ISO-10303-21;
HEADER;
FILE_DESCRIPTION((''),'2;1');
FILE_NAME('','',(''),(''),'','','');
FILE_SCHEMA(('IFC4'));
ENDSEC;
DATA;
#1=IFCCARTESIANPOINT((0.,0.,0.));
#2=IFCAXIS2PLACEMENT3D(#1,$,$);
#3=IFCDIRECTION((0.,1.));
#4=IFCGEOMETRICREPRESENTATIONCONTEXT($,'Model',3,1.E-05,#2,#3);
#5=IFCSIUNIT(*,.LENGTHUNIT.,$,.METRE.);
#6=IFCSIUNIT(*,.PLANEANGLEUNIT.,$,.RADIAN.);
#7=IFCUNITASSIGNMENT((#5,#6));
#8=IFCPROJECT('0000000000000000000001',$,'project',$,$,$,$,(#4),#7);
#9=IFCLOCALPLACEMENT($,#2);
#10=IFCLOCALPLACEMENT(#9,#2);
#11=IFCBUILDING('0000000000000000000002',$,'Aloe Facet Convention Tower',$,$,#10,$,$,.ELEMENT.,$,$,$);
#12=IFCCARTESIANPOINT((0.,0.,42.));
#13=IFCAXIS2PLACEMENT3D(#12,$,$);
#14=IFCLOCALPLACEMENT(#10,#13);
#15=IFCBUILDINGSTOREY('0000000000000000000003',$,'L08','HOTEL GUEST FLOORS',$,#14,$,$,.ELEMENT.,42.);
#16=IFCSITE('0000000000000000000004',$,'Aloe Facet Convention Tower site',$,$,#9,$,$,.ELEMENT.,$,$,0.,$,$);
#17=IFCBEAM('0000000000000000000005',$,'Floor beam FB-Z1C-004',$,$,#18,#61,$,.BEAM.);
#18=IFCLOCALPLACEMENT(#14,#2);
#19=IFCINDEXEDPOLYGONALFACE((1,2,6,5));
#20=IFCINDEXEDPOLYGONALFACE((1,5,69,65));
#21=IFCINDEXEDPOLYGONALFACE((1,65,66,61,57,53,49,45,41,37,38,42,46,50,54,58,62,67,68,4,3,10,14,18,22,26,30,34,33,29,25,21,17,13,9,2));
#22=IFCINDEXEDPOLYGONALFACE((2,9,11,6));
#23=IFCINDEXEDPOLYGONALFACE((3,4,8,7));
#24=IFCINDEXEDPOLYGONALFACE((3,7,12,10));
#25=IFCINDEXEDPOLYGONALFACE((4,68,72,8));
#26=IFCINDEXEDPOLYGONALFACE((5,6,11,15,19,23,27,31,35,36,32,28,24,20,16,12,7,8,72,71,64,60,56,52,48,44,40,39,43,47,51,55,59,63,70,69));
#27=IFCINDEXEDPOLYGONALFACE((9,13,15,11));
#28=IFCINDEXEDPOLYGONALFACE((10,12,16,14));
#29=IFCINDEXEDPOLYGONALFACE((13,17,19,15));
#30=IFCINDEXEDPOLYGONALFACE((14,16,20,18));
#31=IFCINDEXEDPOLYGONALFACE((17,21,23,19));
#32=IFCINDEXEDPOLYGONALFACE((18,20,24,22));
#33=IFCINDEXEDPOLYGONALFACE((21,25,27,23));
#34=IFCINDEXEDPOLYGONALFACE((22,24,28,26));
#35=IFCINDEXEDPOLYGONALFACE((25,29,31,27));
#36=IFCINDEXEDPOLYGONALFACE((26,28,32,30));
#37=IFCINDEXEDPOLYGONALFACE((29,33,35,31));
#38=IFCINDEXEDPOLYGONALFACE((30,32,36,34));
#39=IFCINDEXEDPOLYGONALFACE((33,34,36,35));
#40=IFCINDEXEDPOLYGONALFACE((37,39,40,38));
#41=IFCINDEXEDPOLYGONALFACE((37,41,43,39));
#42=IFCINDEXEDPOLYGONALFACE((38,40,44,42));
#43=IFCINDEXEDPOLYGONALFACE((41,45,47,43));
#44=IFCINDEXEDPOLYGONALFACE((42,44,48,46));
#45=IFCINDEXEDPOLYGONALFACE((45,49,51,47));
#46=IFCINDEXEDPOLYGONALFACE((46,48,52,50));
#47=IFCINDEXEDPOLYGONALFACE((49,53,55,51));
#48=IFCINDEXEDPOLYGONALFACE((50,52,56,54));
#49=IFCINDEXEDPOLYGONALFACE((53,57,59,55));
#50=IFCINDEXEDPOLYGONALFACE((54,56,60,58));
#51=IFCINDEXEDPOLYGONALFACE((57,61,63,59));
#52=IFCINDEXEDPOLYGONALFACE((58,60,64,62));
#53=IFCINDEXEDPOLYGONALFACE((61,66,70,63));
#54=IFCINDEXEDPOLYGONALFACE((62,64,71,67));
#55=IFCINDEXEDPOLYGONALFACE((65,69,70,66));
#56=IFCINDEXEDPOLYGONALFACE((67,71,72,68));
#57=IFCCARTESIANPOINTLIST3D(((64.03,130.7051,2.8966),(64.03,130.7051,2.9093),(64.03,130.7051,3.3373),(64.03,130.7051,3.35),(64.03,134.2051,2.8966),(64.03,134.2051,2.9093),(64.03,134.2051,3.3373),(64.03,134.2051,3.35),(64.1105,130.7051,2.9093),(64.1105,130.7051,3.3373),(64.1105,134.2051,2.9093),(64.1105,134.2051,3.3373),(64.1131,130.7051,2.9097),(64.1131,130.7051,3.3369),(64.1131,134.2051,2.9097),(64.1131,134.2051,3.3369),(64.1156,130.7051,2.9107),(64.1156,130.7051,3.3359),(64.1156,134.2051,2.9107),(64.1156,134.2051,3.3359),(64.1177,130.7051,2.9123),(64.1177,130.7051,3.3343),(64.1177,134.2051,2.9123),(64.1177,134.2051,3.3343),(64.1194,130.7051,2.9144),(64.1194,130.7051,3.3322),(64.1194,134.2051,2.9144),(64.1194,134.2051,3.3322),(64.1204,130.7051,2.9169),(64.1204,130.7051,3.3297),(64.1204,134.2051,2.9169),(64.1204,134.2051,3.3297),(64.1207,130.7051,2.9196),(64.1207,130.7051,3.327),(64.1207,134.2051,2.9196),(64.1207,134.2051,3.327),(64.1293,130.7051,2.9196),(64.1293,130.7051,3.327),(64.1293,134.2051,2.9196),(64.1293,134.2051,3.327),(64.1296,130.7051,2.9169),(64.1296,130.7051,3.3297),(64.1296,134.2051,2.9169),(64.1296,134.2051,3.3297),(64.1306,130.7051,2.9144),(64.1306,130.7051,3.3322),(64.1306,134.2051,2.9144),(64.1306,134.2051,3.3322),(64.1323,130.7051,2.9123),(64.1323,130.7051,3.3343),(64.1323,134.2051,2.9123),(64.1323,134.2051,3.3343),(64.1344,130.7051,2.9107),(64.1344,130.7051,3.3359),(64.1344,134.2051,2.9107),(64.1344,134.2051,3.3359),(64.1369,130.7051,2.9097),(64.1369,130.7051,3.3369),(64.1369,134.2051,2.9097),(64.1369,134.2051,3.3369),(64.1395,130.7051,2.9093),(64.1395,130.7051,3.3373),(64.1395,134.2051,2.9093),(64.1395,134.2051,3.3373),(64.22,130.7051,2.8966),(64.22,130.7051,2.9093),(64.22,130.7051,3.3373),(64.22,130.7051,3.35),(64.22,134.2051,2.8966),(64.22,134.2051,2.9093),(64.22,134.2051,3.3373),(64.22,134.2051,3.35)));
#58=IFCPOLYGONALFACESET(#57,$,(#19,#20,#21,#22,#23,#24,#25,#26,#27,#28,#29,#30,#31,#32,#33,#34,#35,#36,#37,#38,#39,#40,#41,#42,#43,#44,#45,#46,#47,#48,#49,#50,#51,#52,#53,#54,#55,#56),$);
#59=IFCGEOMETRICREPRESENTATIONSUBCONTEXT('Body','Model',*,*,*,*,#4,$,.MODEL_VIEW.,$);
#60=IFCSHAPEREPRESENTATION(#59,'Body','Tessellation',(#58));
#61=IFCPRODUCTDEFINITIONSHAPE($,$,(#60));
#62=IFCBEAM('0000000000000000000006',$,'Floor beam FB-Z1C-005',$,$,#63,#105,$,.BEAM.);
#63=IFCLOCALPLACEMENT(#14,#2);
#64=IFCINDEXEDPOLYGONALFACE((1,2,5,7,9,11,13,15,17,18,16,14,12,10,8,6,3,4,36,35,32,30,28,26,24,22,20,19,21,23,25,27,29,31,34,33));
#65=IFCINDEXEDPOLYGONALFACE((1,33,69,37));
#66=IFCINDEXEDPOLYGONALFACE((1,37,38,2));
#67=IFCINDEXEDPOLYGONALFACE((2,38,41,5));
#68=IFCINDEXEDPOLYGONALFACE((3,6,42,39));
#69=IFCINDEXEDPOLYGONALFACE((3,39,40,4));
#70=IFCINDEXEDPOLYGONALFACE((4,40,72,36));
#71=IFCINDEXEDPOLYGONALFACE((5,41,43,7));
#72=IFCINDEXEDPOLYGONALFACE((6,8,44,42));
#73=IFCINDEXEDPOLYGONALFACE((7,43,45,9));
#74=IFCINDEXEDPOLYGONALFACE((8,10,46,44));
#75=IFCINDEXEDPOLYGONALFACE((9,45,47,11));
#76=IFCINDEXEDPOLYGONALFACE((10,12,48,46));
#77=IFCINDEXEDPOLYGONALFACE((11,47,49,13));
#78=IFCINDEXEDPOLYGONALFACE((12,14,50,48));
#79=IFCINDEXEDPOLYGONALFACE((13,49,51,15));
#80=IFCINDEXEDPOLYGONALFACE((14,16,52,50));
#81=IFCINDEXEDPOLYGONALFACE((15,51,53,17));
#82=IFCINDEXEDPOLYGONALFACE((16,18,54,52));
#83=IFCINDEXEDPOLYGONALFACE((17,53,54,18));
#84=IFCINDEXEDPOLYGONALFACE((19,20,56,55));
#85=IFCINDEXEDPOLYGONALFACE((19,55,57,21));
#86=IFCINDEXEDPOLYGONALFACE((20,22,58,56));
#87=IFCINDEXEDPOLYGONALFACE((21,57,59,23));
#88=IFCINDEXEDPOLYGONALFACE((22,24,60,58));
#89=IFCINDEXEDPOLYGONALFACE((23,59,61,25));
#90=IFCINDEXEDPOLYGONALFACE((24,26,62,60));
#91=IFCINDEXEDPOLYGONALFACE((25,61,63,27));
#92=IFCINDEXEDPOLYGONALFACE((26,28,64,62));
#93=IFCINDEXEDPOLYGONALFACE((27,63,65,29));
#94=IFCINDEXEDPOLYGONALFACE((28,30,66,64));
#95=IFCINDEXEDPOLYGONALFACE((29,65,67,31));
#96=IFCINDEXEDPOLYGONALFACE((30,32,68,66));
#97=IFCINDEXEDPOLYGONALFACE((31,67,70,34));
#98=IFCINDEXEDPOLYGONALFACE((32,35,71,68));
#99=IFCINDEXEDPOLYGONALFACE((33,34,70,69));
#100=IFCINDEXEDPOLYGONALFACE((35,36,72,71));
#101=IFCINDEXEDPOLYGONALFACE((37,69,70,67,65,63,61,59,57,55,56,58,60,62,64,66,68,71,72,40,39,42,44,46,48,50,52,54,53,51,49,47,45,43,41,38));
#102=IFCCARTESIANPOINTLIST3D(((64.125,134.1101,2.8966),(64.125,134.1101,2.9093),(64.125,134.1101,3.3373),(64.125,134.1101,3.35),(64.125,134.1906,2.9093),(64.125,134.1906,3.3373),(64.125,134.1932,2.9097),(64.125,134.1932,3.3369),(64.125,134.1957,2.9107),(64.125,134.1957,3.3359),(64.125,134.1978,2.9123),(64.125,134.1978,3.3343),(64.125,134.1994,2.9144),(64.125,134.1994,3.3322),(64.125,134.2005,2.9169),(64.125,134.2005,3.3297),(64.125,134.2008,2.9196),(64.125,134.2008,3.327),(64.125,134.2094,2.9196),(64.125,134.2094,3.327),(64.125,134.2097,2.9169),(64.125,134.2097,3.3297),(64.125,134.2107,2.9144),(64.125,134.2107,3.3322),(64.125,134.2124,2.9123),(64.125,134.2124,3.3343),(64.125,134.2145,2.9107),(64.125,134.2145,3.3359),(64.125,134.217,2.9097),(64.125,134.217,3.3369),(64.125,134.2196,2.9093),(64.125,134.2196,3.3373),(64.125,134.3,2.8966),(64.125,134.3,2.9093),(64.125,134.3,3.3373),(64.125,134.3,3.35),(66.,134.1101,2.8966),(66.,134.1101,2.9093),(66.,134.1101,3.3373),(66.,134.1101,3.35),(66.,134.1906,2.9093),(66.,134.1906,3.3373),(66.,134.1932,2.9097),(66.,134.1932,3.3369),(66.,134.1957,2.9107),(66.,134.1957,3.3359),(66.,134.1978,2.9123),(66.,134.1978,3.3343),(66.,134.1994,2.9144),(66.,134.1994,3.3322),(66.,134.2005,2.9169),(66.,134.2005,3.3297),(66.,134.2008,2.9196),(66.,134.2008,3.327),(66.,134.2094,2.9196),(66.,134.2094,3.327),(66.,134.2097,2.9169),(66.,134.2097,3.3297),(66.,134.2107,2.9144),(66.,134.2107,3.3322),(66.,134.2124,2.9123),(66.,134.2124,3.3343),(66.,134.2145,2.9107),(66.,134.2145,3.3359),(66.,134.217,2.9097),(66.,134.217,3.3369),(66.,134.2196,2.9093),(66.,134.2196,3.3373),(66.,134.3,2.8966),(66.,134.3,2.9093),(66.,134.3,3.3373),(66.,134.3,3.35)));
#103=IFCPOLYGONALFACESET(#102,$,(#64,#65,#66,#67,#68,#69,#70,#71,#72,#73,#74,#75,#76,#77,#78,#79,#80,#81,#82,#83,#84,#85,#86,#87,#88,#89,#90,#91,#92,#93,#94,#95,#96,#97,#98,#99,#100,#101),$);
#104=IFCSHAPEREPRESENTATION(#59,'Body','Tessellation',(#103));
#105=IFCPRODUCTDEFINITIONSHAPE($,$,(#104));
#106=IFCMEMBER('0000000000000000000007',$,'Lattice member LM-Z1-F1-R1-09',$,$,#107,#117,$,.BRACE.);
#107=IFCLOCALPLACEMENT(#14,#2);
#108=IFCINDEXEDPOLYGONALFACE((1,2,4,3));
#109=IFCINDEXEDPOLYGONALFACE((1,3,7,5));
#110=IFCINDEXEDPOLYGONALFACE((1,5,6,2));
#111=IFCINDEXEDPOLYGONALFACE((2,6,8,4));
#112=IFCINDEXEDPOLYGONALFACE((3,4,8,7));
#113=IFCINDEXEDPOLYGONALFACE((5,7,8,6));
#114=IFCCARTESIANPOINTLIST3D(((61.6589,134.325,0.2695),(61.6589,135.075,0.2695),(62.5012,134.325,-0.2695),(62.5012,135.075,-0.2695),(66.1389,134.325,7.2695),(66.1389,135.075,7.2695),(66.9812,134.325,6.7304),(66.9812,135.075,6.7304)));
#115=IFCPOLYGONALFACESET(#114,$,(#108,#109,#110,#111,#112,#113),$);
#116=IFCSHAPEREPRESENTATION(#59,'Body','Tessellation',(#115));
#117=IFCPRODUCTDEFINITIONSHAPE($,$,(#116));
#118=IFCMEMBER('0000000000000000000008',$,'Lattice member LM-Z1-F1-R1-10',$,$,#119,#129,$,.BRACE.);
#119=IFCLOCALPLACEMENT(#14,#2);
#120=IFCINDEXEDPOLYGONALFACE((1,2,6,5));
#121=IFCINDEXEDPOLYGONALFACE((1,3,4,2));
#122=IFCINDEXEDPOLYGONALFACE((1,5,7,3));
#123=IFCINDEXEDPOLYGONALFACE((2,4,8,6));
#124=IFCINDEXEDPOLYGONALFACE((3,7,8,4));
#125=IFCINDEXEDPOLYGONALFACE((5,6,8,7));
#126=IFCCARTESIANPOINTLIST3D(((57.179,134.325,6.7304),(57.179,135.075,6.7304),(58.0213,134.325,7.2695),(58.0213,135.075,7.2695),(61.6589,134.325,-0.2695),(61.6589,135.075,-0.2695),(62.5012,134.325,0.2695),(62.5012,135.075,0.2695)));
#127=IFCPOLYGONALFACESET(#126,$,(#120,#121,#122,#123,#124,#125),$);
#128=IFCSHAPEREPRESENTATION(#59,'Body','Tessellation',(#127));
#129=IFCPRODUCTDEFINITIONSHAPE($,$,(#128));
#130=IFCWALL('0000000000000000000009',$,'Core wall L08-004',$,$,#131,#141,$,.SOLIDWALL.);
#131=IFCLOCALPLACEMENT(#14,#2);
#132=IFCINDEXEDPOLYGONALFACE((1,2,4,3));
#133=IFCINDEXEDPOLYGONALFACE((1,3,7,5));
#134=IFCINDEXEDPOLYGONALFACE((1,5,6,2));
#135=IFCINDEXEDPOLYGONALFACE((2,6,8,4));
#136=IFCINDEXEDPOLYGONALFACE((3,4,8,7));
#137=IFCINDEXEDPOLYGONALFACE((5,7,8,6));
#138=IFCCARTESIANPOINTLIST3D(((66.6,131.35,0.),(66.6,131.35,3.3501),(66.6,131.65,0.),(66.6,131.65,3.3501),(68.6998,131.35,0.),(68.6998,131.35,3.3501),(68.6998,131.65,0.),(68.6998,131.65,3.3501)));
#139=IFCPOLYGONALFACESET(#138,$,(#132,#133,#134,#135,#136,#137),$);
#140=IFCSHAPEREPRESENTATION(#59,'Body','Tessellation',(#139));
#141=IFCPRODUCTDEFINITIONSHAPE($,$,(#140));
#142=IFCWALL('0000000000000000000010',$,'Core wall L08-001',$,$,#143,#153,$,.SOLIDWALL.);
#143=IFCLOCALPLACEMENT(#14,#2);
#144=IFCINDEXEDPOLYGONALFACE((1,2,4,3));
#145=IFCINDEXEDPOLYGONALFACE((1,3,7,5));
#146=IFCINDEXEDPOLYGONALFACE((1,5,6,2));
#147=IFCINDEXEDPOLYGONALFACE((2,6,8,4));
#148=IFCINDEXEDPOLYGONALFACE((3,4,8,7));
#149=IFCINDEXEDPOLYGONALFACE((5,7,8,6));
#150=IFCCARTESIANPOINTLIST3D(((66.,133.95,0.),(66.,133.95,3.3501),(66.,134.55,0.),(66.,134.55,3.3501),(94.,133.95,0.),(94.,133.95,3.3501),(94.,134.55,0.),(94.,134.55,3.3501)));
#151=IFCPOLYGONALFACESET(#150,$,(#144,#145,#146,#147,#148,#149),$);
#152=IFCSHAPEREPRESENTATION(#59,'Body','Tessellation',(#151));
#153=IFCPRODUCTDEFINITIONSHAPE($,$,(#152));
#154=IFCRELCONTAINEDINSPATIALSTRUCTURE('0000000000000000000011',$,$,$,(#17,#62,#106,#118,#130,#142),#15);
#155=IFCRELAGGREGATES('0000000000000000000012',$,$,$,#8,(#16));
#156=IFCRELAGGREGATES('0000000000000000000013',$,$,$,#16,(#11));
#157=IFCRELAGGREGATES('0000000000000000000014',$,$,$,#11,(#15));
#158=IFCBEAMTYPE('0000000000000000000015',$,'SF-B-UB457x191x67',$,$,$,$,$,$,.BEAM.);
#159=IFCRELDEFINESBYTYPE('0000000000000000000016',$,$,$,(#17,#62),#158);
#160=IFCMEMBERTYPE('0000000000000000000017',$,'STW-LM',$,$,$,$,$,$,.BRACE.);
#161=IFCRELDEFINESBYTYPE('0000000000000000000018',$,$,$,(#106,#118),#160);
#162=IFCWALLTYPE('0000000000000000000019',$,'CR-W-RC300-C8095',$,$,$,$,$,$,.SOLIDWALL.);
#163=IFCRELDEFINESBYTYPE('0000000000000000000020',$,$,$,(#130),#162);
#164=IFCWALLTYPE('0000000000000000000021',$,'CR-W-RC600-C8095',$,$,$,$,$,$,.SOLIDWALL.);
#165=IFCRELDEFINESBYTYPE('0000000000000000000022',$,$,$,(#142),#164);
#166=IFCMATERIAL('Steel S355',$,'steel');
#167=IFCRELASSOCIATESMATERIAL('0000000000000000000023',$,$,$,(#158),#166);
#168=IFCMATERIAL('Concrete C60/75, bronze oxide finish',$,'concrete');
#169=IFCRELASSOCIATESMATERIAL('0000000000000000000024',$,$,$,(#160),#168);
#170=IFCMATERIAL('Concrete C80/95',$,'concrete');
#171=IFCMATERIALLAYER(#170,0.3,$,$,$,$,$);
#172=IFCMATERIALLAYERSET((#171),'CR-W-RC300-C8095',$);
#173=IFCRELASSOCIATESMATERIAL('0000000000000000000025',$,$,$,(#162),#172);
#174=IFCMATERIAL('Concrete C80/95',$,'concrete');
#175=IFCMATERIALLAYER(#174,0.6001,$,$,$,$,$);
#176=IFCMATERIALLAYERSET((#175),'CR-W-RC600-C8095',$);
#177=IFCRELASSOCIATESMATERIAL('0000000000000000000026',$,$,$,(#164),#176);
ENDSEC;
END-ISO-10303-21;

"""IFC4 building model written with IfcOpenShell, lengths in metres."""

from ifc_helpers import new_model, si_unit, direction, frame, frame_2d, origin, origin_2d, place, context, subcontext, project, spatial, rectangle, i_section, extrude, material, layer, layer_set, material_profile, profile_set, type_object, element, save


model = new_model("IFC4")

# Units and contexts
model_context = context("Model", 3, precision=1e-05, world=origin(), true_north=direction((0.0, 1.0)))
body_context = subcontext(model_context, "Body", "Model", "MODEL_VIEW")
ifc_project = project(units=[si_unit("LENGTHUNIT", "METRE"), si_unit("PLANEANGLEUNIT", "RADIAN")], contexts=[model_context])

# Site, building, storey
site_placement = place(None, origin())
site = spatial("IfcSite", under=ifc_project, at=site_placement, Name="Aloe Facet Convention Tower site", CompositionType="ELEMENT", RefElevation=0.0)
building_placement = place(site_placement, origin())
building = spatial("IfcBuilding", under=site, at=building_placement, Name="Aloe Facet Convention Tower", CompositionType="ELEMENT")
storey_placement = place(building_placement, frame((0.0, 0.0, 42.0)))
storey = spatial("IfcBuildingStorey", under=building, at=storey_placement, Name="L08", Description="HOTEL GUEST FLOORS", CompositionType="ELEMENT", Elevation=42.0)

# Beams
ifc_material_1 = material(Name="Steel S355", Category="steel")
ifc_material_profile_1 = material_profile(ifc_material_1, i_section(OverallWidth=0.1899, OverallDepth=0.4534, WebThickness=0.0085, FlangeThickness=0.0127, FilletRadius=0.0103, at=origin_2d()), Name="UB 457x191x67")
ifc_profile_set_1 = profile_set([ifc_material_profile_1], Name="Steel S355")
beam_type = type_object("IfcBeamType", Name="SF-B-UB457x191x67", PredefinedType="BEAM", material=ifc_profile_set_1)
beam_1_placement = place(storey_placement, frame((64.125, 130.7051, 3.1233), z_axis=(0.0, 1.0, 0.0), x_axis=(-1.0, 0.0, 0.0)))
element("IfcBeam", 1, at=beam_1_placement, inside=storey, type_object=beam_type, Name="Floor beam FB-Z1C-004", PredefinedType="BEAM", context=body_context, shape_type="SweptSolid", body=[
    extrude(i_section(OverallWidth=0.1899, OverallDepth=0.4534, WebThickness=0.0085, FlangeThickness=0.0127, FilletRadius=0.0103, at=origin_2d()), origin(), (0.0, 0.0, 1.0), 3.5),
])
beam_2_placement = place(storey_placement, frame((64.125, 134.2051, 3.1233), z_axis=(1.0, 0.0, 0.0), x_axis=(0.0, 1.0, 0.0)))
element("IfcBeam", 2, at=beam_2_placement, inside=storey, type_object=beam_type, Name="Floor beam FB-Z1C-005", PredefinedType="BEAM", context=body_context, shape_type="SweptSolid", body=[
    extrude(i_section(OverallWidth=0.1899, OverallDepth=0.4534, WebThickness=0.0085, FlangeThickness=0.0127, FilletRadius=0.0103, at=origin_2d()), origin(), (0.0, 0.0, 1.0), 1.875),
])

# Members
ifc_material_2 = material(Name="Concrete C60/75, bronze oxide finish", Category="concrete")
ifc_material_profile_2 = material_profile(ifc_material_2, rectangle(XDim=0.75, YDim=1.0, at=origin_2d()), Name="STW-LM")
ifc_profile_set_2 = profile_set([ifc_material_profile_2], Name="Concrete C60/75, bronze oxide finish")
member_type = type_object("IfcMemberType", Name="STW-LM", PredefinedType="BRACE", material=ifc_profile_set_2)
for number, where, z_axis, x_axis, name in (
    (3, (62.0801, 134.7, 0.0), (0.539052, 0.0, 0.842272), (0.0, 1.0, 0.0), "Lattice member LM-Z1-F1-R1-09"),
    (4, (62.0801, 134.7, 0.0), (-0.539052, 0.0, 0.842272), (0.0, -1.0, 0.0), "Lattice member LM-Z1-F1-R1-10"),
):
    element("IfcMember", number, at=place(storey_placement, frame(where, z_axis=z_axis, x_axis=x_axis)), inside=storey, type_object=member_type, Name=name, PredefinedType="BRACE", context=body_context, shape_type="SweptSolid", body=[
        extrude(rectangle(XDim=0.75, YDim=1.0, at=origin_2d()), origin(), (0.0, 0.0, 1.0), 8.3108),
    ])

# Walls
ifc_material_3 = material(Name="Concrete C80/95", Category="concrete")
ifc_layer_1 = layer(ifc_material_3, 0.3)
ifc_layer_set_1 = layer_set([ifc_layer_1], Name="CR-W-RC300-C8095")
wall_type_1 = type_object("IfcWallType", Name="CR-W-RC300-C8095", PredefinedType="SOLIDWALL", material=ifc_layer_set_1)
wall_1_placement = place(storey_placement, frame((66.6001, 131.5, 0.0), z_axis=(0.0, 0.0, 1.0), x_axis=(1.0, 0.0, 0.0)))
element("IfcWall", 5, at=wall_1_placement, inside=storey, type_object=wall_type_1, Name="Core wall L08-004", PredefinedType="SOLIDWALL", context=body_context, shape_type="SweptSolid", body=[
    extrude(rectangle(XDim=2.0999, YDim=0.3, at=frame_2d((1.0498, 0.0))), origin(), (0.0, 0.0, 1.0), 3.3501),
])
ifc_material_4 = material(Name="Concrete C80/95", Category="concrete")
ifc_layer_2 = layer(ifc_material_4, 0.6001)
ifc_layer_set_2 = layer_set([ifc_layer_2], Name="CR-W-RC600-C8095")
wall_type_2 = type_object("IfcWallType", Name="CR-W-RC600-C8095", PredefinedType="SOLIDWALL", material=ifc_layer_set_2)
wall_2_placement = place(storey_placement, frame((66.0, 134.25, 0.0), z_axis=(0.0, 0.0, 1.0), x_axis=(1.0, 0.0, 0.0)))
element("IfcWall", 6, at=wall_2_placement, inside=storey, type_object=wall_type_2, Name="Core wall L08-001", PredefinedType="SOLIDWALL", context=body_context, shape_type="SweptSolid", body=[
    extrude(rectangle(XDim=28.0, YDim=0.6001, at=frame_2d((14.0, 0.0))), origin(), (0.0, 0.0, 1.0), 3.3501),
])

save(model, "model.ifc")
